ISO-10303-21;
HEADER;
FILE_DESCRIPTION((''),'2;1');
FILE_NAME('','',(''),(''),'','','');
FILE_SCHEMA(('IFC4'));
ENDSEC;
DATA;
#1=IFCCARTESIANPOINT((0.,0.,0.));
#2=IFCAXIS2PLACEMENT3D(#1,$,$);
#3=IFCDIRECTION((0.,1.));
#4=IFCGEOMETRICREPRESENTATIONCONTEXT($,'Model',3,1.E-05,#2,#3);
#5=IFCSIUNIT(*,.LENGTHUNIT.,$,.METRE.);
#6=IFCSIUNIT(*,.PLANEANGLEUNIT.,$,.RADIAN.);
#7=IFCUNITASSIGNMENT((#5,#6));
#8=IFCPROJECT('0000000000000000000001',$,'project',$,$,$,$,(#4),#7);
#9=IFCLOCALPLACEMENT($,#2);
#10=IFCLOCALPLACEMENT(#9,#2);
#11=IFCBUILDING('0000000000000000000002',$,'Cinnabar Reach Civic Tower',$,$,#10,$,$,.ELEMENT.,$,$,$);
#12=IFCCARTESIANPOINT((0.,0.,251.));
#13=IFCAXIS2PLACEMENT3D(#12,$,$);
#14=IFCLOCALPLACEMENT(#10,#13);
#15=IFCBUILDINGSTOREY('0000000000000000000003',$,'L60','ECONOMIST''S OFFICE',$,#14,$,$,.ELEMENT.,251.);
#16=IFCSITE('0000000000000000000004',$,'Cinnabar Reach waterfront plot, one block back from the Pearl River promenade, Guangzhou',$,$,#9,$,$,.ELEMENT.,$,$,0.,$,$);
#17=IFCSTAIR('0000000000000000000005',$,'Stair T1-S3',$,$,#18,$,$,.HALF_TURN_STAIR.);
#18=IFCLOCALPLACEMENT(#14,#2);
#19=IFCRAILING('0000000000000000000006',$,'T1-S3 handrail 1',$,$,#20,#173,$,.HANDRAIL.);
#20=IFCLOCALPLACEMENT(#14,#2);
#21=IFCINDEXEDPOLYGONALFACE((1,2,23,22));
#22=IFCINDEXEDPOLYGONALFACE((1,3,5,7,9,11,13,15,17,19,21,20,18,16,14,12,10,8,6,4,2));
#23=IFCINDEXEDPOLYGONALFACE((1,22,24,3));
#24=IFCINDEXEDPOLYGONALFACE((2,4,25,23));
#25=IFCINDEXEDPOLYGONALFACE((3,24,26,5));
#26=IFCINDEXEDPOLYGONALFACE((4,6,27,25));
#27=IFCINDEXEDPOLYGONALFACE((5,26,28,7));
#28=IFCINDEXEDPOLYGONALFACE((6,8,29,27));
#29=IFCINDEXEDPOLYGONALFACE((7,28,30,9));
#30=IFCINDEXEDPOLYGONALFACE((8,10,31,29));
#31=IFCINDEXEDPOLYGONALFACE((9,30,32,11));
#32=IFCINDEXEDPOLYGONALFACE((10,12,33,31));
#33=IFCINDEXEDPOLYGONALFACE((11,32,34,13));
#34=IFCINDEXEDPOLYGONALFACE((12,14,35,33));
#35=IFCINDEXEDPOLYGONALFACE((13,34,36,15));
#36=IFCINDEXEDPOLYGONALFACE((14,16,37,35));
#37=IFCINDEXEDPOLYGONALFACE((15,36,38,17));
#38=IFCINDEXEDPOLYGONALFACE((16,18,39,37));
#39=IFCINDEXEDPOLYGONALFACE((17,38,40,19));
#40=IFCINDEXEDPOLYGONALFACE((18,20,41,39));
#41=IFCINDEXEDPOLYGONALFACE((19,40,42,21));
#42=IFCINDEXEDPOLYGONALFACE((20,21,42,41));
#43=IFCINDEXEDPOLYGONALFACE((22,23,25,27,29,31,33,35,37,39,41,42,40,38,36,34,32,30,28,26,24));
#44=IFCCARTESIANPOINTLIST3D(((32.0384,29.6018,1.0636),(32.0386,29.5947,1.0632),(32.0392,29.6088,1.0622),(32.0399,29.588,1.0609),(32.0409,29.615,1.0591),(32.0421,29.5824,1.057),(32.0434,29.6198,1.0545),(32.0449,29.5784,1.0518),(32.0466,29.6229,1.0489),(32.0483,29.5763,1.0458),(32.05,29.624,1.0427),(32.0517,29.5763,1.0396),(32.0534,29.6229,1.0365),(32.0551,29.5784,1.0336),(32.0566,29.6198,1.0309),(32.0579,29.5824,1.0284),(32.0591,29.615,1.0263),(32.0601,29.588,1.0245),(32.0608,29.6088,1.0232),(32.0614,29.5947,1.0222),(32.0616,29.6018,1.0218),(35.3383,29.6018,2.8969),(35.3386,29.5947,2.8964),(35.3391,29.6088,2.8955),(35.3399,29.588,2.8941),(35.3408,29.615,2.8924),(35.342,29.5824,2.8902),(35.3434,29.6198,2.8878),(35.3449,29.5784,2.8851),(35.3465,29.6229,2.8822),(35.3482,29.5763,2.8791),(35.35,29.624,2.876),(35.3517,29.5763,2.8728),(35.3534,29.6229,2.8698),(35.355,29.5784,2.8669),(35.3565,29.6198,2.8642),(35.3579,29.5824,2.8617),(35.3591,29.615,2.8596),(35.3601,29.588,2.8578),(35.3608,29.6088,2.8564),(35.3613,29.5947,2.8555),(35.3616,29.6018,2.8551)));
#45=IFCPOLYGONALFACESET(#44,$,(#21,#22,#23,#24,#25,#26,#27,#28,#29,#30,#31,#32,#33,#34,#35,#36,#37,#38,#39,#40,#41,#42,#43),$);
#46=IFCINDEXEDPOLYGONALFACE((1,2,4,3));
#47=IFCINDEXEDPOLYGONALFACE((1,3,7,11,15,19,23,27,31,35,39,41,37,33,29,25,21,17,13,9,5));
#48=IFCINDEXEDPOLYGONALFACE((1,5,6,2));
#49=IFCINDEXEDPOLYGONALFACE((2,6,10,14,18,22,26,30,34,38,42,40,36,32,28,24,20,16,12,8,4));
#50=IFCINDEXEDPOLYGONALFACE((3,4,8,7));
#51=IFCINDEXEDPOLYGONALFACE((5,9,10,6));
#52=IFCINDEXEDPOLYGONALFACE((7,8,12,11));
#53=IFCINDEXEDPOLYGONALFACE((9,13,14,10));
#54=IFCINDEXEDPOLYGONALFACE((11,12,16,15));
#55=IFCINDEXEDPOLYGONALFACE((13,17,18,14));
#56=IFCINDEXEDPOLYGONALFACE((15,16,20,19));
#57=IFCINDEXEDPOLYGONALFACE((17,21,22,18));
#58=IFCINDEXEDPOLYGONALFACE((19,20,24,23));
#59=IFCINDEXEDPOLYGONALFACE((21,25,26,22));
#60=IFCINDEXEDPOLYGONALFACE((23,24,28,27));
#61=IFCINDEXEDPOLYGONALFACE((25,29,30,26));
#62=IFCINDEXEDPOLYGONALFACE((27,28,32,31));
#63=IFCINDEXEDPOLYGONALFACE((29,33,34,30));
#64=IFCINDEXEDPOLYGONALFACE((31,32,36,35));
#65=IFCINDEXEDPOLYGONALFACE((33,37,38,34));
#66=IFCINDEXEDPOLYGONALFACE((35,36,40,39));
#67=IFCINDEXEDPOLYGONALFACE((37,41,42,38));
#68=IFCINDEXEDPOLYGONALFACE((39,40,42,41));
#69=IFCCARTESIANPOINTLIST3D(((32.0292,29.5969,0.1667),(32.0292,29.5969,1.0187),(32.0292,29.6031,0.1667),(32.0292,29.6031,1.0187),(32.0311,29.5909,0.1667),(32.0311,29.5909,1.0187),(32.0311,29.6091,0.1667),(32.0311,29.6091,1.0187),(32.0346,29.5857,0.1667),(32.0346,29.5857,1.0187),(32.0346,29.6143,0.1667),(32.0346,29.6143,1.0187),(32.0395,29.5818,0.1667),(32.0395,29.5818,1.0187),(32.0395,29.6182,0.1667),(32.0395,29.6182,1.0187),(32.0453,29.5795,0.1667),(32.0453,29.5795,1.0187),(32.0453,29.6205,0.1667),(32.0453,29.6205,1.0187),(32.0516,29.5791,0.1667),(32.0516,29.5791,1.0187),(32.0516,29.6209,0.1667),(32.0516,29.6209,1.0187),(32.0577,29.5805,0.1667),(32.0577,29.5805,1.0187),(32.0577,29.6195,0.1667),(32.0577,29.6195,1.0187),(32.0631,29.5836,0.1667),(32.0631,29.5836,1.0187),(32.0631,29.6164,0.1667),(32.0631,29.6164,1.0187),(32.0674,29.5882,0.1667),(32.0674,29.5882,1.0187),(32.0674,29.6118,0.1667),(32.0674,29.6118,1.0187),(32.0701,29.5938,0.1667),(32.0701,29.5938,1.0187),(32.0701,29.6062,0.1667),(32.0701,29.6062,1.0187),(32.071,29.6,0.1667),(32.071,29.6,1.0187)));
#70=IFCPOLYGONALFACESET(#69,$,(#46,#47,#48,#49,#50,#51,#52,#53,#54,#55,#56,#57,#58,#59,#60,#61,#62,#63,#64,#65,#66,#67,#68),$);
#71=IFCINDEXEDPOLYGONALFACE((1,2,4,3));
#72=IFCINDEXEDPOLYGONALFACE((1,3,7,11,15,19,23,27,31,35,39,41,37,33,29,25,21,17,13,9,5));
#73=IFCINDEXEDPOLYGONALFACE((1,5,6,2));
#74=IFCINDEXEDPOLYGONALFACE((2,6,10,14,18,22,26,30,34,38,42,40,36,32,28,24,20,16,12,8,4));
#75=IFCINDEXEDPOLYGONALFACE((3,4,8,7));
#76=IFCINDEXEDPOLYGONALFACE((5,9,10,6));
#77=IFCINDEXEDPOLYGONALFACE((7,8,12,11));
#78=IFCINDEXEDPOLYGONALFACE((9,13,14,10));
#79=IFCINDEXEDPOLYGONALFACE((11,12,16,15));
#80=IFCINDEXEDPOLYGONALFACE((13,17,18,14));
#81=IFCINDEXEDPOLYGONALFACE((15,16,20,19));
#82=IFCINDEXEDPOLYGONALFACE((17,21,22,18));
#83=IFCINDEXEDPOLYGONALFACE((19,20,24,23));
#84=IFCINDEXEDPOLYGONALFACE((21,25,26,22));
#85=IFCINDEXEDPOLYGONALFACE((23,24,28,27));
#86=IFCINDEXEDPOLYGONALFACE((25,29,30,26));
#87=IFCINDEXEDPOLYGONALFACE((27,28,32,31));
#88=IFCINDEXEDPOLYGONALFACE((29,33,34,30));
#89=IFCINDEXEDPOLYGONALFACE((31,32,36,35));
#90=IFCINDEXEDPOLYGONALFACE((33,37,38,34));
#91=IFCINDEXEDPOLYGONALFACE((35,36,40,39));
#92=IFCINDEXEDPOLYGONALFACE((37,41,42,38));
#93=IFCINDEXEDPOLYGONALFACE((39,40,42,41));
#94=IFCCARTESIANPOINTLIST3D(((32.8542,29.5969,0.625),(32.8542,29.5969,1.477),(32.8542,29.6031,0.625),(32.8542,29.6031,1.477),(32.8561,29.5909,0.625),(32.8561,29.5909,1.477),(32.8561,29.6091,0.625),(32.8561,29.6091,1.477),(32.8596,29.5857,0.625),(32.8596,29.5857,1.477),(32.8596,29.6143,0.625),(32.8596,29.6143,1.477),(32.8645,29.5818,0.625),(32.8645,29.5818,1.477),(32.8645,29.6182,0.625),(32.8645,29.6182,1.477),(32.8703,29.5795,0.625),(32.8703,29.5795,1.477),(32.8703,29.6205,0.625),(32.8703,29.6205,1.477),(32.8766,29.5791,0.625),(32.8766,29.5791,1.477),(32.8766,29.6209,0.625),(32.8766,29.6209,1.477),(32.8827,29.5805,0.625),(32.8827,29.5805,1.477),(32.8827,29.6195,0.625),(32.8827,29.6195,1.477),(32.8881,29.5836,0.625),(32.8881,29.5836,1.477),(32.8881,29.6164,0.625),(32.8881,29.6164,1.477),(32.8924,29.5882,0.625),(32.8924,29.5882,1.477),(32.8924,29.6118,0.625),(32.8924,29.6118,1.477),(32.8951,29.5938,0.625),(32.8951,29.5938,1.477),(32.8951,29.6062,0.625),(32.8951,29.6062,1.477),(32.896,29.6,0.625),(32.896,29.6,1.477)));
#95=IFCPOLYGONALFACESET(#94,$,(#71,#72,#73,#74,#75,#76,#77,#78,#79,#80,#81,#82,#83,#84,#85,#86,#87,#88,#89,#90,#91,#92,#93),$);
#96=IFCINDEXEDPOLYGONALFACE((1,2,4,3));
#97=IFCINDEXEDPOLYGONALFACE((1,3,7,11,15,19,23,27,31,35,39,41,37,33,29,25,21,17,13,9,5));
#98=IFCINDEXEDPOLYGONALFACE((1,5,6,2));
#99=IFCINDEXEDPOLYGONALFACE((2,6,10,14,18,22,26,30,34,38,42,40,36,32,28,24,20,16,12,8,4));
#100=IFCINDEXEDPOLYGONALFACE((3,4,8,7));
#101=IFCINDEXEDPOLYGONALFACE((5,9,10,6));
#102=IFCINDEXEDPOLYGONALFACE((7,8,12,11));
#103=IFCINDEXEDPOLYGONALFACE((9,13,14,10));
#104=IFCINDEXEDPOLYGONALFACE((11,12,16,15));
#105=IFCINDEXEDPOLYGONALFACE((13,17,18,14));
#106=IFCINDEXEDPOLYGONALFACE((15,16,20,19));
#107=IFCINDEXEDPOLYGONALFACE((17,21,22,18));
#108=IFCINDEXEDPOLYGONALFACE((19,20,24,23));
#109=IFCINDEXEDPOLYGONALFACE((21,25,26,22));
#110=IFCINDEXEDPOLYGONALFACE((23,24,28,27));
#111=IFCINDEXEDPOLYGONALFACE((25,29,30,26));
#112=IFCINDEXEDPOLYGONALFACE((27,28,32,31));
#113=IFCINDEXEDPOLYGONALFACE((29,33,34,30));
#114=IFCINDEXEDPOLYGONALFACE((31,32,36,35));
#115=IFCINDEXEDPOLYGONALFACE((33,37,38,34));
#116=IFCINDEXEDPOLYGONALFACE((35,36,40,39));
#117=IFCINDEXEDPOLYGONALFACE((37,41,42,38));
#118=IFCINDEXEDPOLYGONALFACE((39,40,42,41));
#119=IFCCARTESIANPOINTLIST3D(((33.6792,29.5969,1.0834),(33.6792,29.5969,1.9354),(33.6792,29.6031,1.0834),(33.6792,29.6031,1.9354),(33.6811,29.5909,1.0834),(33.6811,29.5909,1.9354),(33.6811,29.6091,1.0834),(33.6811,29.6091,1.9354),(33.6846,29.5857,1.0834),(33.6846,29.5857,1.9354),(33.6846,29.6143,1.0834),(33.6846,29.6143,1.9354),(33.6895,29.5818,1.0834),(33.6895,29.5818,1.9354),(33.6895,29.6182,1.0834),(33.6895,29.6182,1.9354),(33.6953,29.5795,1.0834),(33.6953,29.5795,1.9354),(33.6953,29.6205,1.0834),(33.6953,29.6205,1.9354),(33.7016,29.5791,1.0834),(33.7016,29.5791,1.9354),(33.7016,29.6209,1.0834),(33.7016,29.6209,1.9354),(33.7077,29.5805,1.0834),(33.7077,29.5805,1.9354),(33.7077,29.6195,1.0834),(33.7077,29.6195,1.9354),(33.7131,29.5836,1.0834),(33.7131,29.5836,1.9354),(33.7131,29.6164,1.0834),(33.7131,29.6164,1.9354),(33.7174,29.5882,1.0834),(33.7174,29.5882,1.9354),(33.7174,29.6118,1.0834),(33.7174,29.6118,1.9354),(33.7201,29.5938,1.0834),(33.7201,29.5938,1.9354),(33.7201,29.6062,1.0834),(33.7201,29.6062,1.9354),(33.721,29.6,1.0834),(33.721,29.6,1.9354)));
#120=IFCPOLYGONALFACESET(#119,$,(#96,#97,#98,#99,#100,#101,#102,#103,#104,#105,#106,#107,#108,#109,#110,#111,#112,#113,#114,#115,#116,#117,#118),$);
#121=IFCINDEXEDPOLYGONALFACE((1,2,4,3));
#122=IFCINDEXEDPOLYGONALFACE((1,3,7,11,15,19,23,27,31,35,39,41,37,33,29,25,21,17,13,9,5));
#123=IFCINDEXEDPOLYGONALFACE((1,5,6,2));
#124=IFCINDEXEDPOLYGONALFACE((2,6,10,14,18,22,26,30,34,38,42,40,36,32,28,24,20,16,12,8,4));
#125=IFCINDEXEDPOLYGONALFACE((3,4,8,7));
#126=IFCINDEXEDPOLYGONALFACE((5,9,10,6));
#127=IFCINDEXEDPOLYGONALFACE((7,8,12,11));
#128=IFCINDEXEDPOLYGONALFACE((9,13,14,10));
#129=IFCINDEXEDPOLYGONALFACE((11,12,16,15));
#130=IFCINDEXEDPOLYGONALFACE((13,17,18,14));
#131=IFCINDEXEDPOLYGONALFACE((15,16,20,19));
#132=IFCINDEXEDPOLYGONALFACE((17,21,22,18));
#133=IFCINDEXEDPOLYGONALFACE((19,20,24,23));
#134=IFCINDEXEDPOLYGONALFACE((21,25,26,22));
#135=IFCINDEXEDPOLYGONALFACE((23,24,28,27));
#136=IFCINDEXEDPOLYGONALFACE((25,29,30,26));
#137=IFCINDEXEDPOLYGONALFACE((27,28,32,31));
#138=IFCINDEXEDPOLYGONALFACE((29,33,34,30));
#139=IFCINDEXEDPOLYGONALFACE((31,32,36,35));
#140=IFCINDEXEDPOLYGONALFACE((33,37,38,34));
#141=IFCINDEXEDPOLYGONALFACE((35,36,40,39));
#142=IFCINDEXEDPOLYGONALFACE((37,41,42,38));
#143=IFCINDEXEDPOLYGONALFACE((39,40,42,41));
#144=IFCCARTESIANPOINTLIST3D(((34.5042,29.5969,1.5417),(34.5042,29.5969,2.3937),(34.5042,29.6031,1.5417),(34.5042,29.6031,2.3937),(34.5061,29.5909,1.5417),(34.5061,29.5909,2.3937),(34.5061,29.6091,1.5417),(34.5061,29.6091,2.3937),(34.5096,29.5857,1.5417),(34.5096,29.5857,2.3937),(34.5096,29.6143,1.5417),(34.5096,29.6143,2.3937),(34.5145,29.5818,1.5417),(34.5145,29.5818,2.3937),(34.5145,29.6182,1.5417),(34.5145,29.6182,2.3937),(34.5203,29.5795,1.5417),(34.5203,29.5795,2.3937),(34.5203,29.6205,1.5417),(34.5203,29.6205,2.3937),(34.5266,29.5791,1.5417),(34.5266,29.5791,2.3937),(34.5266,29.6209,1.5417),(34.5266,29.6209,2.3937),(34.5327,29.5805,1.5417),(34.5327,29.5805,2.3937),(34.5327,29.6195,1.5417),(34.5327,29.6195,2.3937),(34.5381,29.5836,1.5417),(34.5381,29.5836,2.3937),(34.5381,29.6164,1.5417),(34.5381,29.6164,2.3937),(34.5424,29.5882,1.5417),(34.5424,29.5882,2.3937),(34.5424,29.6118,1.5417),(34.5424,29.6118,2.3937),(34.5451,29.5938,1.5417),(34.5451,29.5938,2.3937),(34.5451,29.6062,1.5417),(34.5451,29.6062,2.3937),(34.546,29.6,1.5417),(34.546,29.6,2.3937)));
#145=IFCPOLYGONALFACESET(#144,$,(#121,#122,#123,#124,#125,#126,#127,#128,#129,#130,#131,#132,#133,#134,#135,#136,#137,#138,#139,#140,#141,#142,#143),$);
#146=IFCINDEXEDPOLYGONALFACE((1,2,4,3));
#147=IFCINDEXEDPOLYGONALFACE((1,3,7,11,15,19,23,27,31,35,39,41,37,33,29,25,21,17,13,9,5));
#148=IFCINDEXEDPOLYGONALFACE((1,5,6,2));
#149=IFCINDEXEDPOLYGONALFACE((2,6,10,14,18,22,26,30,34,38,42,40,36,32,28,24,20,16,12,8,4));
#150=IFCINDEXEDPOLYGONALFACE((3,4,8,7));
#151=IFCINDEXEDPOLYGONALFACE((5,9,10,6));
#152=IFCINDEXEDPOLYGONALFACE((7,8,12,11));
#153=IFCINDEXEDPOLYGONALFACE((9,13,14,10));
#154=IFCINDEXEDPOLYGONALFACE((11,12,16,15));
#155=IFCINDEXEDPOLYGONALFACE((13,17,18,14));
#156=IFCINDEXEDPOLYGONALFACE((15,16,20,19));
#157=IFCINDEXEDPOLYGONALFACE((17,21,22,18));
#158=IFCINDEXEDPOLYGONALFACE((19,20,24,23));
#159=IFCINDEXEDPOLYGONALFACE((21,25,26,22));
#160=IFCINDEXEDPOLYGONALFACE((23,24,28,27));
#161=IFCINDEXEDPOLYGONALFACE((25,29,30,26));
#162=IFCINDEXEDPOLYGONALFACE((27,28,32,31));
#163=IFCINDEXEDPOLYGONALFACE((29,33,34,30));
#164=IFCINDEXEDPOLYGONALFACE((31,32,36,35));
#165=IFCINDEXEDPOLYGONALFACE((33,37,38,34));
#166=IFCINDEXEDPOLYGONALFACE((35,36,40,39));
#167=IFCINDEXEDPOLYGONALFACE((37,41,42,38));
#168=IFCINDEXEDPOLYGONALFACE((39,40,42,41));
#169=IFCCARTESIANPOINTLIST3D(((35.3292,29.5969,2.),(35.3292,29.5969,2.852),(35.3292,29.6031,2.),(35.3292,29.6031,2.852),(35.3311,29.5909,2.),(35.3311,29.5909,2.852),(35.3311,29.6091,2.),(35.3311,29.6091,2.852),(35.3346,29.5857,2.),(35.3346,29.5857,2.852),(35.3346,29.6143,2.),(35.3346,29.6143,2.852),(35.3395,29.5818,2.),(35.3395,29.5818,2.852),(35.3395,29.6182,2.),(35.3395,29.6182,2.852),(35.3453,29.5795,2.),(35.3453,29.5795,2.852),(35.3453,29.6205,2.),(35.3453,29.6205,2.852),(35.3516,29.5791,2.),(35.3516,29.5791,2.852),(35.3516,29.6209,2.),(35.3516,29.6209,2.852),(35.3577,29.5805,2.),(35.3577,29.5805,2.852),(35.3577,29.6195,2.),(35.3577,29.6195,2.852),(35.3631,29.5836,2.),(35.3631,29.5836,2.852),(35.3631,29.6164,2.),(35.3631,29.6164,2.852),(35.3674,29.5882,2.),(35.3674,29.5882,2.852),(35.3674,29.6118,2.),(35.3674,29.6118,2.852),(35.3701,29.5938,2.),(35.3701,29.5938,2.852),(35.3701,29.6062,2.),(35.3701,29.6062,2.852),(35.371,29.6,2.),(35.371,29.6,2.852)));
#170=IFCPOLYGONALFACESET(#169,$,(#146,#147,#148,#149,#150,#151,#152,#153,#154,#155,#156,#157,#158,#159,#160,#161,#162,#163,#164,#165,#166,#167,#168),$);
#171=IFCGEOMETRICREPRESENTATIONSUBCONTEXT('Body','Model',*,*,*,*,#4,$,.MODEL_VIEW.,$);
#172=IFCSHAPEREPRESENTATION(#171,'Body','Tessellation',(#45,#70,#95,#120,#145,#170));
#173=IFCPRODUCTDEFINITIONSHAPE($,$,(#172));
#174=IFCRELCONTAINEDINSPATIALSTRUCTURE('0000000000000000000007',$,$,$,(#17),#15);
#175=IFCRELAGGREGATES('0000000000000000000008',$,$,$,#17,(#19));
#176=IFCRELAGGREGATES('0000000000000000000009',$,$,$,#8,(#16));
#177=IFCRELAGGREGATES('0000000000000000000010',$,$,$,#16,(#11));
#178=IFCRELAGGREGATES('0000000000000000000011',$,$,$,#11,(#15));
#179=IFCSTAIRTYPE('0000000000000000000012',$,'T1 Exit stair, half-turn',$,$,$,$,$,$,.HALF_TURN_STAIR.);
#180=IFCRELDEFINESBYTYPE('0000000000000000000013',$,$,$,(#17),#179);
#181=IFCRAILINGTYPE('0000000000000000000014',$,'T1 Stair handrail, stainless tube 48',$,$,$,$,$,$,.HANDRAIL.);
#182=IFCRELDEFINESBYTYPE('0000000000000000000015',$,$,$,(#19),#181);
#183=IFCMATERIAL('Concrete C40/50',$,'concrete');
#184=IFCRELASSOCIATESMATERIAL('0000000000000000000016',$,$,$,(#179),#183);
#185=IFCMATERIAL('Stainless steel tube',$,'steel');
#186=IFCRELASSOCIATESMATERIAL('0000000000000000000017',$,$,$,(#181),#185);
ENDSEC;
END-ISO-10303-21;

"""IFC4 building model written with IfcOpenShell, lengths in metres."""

from ifc_helpers import new_model, si_unit, direction, frame, origin, origin_2d, place, context, subcontext, project, spatial, circle, extrude, material, type_object, element, aggregate, save


model = new_model("IFC4")

# Units and contexts
model_context = context("Model", 3, precision=1e-05, world=origin(), true_north=direction((0.0, 1.0)))
body_context = subcontext(model_context, "Body", "Model", "MODEL_VIEW")
ifc_project = project(units=[si_unit("LENGTHUNIT", "METRE"), si_unit("PLANEANGLEUNIT", "RADIAN")], contexts=[model_context])

# Site, building, storey
site_placement = place(None, origin())
site = spatial("IfcSite", under=ifc_project, at=site_placement, Name="Cinnabar Reach waterfront plot, one block back from the Pearl River promenade, Guangzhou", CompositionType="ELEMENT", RefElevation=0.0)
building_placement = place(site_placement, origin())
building = spatial("IfcBuilding", under=site, at=building_placement, Name="Cinnabar Reach Civic Tower", CompositionType="ELEMENT")
storey_placement = place(building_placement, frame((0.0, 0.0, 251.0)))
storey = spatial("IfcBuildingStorey", under=building, at=storey_placement, Name="L60", Description="ECONOMIST'S OFFICE", CompositionType="ELEMENT", Elevation=251.0)

# Stair, railing
ifc_material_1 = material(Name="Concrete C40/50", Category="concrete")
stair_type = type_object("IfcStairType", Name="T1 Exit stair, half-turn", PredefinedType="HALF_TURN_STAIR", material=ifc_material_1)
stair_placement = place(storey_placement, origin())
stair = element("IfcStair", 1, at=stair_placement, inside=storey, type_object=stair_type, Name="Stair T1-S3", PredefinedType="HALF_TURN_STAIR")
ifc_material_2 = material(Name="Stainless steel tube", Category="steel")
railing_type = type_object("IfcRailingType", Name="T1 Stair handrail, stainless tube 48", PredefinedType="HANDRAIL", material=ifc_material_2)
railing_1_placement = place(storey_placement, frame((32.05, 29.6, 0.1667)))
railing_1 = element("IfcRailing", 2, at=railing_1_placement, type_object=railing_type, Name="T1-S3 handrail 1", PredefinedType="HANDRAIL", context=body_context, shape_type="SweptSolid", body=[
    extrude(circle(Radius=0.024, at=origin_2d()), frame((0.0, 0.0, 0.876), z_axis=(0.874161, 0.0, 0.485636), x_axis=(0.0, 1.0, 0.0)), (0.0, 0.0, 1.0), 3.775),
    extrude(circle(Radius=0.021, at=origin_2d()), origin(), (0.0, 0.0, 1.0), 0.852),
    extrude(circle(Radius=0.021, at=origin_2d()), frame((0.825, 0.0, 0.4583)), (0.0, 0.0, 1.0), 0.852),
    extrude(circle(Radius=0.021, at=origin_2d()), frame((1.65, 0.0, 0.9167)), (0.0, 0.0, 1.0), 0.852),
    extrude(circle(Radius=0.021, at=origin_2d()), frame((2.475, 0.0, 1.375)), (0.0, 0.0, 1.0), 0.852),
    extrude(circle(Radius=0.021, at=origin_2d()), frame((3.3, 0.0, 1.8333)), (0.0, 0.0, 1.0), 0.852),
])
aggregate(stair, [railing_1])

save(model, "model.ifc")
